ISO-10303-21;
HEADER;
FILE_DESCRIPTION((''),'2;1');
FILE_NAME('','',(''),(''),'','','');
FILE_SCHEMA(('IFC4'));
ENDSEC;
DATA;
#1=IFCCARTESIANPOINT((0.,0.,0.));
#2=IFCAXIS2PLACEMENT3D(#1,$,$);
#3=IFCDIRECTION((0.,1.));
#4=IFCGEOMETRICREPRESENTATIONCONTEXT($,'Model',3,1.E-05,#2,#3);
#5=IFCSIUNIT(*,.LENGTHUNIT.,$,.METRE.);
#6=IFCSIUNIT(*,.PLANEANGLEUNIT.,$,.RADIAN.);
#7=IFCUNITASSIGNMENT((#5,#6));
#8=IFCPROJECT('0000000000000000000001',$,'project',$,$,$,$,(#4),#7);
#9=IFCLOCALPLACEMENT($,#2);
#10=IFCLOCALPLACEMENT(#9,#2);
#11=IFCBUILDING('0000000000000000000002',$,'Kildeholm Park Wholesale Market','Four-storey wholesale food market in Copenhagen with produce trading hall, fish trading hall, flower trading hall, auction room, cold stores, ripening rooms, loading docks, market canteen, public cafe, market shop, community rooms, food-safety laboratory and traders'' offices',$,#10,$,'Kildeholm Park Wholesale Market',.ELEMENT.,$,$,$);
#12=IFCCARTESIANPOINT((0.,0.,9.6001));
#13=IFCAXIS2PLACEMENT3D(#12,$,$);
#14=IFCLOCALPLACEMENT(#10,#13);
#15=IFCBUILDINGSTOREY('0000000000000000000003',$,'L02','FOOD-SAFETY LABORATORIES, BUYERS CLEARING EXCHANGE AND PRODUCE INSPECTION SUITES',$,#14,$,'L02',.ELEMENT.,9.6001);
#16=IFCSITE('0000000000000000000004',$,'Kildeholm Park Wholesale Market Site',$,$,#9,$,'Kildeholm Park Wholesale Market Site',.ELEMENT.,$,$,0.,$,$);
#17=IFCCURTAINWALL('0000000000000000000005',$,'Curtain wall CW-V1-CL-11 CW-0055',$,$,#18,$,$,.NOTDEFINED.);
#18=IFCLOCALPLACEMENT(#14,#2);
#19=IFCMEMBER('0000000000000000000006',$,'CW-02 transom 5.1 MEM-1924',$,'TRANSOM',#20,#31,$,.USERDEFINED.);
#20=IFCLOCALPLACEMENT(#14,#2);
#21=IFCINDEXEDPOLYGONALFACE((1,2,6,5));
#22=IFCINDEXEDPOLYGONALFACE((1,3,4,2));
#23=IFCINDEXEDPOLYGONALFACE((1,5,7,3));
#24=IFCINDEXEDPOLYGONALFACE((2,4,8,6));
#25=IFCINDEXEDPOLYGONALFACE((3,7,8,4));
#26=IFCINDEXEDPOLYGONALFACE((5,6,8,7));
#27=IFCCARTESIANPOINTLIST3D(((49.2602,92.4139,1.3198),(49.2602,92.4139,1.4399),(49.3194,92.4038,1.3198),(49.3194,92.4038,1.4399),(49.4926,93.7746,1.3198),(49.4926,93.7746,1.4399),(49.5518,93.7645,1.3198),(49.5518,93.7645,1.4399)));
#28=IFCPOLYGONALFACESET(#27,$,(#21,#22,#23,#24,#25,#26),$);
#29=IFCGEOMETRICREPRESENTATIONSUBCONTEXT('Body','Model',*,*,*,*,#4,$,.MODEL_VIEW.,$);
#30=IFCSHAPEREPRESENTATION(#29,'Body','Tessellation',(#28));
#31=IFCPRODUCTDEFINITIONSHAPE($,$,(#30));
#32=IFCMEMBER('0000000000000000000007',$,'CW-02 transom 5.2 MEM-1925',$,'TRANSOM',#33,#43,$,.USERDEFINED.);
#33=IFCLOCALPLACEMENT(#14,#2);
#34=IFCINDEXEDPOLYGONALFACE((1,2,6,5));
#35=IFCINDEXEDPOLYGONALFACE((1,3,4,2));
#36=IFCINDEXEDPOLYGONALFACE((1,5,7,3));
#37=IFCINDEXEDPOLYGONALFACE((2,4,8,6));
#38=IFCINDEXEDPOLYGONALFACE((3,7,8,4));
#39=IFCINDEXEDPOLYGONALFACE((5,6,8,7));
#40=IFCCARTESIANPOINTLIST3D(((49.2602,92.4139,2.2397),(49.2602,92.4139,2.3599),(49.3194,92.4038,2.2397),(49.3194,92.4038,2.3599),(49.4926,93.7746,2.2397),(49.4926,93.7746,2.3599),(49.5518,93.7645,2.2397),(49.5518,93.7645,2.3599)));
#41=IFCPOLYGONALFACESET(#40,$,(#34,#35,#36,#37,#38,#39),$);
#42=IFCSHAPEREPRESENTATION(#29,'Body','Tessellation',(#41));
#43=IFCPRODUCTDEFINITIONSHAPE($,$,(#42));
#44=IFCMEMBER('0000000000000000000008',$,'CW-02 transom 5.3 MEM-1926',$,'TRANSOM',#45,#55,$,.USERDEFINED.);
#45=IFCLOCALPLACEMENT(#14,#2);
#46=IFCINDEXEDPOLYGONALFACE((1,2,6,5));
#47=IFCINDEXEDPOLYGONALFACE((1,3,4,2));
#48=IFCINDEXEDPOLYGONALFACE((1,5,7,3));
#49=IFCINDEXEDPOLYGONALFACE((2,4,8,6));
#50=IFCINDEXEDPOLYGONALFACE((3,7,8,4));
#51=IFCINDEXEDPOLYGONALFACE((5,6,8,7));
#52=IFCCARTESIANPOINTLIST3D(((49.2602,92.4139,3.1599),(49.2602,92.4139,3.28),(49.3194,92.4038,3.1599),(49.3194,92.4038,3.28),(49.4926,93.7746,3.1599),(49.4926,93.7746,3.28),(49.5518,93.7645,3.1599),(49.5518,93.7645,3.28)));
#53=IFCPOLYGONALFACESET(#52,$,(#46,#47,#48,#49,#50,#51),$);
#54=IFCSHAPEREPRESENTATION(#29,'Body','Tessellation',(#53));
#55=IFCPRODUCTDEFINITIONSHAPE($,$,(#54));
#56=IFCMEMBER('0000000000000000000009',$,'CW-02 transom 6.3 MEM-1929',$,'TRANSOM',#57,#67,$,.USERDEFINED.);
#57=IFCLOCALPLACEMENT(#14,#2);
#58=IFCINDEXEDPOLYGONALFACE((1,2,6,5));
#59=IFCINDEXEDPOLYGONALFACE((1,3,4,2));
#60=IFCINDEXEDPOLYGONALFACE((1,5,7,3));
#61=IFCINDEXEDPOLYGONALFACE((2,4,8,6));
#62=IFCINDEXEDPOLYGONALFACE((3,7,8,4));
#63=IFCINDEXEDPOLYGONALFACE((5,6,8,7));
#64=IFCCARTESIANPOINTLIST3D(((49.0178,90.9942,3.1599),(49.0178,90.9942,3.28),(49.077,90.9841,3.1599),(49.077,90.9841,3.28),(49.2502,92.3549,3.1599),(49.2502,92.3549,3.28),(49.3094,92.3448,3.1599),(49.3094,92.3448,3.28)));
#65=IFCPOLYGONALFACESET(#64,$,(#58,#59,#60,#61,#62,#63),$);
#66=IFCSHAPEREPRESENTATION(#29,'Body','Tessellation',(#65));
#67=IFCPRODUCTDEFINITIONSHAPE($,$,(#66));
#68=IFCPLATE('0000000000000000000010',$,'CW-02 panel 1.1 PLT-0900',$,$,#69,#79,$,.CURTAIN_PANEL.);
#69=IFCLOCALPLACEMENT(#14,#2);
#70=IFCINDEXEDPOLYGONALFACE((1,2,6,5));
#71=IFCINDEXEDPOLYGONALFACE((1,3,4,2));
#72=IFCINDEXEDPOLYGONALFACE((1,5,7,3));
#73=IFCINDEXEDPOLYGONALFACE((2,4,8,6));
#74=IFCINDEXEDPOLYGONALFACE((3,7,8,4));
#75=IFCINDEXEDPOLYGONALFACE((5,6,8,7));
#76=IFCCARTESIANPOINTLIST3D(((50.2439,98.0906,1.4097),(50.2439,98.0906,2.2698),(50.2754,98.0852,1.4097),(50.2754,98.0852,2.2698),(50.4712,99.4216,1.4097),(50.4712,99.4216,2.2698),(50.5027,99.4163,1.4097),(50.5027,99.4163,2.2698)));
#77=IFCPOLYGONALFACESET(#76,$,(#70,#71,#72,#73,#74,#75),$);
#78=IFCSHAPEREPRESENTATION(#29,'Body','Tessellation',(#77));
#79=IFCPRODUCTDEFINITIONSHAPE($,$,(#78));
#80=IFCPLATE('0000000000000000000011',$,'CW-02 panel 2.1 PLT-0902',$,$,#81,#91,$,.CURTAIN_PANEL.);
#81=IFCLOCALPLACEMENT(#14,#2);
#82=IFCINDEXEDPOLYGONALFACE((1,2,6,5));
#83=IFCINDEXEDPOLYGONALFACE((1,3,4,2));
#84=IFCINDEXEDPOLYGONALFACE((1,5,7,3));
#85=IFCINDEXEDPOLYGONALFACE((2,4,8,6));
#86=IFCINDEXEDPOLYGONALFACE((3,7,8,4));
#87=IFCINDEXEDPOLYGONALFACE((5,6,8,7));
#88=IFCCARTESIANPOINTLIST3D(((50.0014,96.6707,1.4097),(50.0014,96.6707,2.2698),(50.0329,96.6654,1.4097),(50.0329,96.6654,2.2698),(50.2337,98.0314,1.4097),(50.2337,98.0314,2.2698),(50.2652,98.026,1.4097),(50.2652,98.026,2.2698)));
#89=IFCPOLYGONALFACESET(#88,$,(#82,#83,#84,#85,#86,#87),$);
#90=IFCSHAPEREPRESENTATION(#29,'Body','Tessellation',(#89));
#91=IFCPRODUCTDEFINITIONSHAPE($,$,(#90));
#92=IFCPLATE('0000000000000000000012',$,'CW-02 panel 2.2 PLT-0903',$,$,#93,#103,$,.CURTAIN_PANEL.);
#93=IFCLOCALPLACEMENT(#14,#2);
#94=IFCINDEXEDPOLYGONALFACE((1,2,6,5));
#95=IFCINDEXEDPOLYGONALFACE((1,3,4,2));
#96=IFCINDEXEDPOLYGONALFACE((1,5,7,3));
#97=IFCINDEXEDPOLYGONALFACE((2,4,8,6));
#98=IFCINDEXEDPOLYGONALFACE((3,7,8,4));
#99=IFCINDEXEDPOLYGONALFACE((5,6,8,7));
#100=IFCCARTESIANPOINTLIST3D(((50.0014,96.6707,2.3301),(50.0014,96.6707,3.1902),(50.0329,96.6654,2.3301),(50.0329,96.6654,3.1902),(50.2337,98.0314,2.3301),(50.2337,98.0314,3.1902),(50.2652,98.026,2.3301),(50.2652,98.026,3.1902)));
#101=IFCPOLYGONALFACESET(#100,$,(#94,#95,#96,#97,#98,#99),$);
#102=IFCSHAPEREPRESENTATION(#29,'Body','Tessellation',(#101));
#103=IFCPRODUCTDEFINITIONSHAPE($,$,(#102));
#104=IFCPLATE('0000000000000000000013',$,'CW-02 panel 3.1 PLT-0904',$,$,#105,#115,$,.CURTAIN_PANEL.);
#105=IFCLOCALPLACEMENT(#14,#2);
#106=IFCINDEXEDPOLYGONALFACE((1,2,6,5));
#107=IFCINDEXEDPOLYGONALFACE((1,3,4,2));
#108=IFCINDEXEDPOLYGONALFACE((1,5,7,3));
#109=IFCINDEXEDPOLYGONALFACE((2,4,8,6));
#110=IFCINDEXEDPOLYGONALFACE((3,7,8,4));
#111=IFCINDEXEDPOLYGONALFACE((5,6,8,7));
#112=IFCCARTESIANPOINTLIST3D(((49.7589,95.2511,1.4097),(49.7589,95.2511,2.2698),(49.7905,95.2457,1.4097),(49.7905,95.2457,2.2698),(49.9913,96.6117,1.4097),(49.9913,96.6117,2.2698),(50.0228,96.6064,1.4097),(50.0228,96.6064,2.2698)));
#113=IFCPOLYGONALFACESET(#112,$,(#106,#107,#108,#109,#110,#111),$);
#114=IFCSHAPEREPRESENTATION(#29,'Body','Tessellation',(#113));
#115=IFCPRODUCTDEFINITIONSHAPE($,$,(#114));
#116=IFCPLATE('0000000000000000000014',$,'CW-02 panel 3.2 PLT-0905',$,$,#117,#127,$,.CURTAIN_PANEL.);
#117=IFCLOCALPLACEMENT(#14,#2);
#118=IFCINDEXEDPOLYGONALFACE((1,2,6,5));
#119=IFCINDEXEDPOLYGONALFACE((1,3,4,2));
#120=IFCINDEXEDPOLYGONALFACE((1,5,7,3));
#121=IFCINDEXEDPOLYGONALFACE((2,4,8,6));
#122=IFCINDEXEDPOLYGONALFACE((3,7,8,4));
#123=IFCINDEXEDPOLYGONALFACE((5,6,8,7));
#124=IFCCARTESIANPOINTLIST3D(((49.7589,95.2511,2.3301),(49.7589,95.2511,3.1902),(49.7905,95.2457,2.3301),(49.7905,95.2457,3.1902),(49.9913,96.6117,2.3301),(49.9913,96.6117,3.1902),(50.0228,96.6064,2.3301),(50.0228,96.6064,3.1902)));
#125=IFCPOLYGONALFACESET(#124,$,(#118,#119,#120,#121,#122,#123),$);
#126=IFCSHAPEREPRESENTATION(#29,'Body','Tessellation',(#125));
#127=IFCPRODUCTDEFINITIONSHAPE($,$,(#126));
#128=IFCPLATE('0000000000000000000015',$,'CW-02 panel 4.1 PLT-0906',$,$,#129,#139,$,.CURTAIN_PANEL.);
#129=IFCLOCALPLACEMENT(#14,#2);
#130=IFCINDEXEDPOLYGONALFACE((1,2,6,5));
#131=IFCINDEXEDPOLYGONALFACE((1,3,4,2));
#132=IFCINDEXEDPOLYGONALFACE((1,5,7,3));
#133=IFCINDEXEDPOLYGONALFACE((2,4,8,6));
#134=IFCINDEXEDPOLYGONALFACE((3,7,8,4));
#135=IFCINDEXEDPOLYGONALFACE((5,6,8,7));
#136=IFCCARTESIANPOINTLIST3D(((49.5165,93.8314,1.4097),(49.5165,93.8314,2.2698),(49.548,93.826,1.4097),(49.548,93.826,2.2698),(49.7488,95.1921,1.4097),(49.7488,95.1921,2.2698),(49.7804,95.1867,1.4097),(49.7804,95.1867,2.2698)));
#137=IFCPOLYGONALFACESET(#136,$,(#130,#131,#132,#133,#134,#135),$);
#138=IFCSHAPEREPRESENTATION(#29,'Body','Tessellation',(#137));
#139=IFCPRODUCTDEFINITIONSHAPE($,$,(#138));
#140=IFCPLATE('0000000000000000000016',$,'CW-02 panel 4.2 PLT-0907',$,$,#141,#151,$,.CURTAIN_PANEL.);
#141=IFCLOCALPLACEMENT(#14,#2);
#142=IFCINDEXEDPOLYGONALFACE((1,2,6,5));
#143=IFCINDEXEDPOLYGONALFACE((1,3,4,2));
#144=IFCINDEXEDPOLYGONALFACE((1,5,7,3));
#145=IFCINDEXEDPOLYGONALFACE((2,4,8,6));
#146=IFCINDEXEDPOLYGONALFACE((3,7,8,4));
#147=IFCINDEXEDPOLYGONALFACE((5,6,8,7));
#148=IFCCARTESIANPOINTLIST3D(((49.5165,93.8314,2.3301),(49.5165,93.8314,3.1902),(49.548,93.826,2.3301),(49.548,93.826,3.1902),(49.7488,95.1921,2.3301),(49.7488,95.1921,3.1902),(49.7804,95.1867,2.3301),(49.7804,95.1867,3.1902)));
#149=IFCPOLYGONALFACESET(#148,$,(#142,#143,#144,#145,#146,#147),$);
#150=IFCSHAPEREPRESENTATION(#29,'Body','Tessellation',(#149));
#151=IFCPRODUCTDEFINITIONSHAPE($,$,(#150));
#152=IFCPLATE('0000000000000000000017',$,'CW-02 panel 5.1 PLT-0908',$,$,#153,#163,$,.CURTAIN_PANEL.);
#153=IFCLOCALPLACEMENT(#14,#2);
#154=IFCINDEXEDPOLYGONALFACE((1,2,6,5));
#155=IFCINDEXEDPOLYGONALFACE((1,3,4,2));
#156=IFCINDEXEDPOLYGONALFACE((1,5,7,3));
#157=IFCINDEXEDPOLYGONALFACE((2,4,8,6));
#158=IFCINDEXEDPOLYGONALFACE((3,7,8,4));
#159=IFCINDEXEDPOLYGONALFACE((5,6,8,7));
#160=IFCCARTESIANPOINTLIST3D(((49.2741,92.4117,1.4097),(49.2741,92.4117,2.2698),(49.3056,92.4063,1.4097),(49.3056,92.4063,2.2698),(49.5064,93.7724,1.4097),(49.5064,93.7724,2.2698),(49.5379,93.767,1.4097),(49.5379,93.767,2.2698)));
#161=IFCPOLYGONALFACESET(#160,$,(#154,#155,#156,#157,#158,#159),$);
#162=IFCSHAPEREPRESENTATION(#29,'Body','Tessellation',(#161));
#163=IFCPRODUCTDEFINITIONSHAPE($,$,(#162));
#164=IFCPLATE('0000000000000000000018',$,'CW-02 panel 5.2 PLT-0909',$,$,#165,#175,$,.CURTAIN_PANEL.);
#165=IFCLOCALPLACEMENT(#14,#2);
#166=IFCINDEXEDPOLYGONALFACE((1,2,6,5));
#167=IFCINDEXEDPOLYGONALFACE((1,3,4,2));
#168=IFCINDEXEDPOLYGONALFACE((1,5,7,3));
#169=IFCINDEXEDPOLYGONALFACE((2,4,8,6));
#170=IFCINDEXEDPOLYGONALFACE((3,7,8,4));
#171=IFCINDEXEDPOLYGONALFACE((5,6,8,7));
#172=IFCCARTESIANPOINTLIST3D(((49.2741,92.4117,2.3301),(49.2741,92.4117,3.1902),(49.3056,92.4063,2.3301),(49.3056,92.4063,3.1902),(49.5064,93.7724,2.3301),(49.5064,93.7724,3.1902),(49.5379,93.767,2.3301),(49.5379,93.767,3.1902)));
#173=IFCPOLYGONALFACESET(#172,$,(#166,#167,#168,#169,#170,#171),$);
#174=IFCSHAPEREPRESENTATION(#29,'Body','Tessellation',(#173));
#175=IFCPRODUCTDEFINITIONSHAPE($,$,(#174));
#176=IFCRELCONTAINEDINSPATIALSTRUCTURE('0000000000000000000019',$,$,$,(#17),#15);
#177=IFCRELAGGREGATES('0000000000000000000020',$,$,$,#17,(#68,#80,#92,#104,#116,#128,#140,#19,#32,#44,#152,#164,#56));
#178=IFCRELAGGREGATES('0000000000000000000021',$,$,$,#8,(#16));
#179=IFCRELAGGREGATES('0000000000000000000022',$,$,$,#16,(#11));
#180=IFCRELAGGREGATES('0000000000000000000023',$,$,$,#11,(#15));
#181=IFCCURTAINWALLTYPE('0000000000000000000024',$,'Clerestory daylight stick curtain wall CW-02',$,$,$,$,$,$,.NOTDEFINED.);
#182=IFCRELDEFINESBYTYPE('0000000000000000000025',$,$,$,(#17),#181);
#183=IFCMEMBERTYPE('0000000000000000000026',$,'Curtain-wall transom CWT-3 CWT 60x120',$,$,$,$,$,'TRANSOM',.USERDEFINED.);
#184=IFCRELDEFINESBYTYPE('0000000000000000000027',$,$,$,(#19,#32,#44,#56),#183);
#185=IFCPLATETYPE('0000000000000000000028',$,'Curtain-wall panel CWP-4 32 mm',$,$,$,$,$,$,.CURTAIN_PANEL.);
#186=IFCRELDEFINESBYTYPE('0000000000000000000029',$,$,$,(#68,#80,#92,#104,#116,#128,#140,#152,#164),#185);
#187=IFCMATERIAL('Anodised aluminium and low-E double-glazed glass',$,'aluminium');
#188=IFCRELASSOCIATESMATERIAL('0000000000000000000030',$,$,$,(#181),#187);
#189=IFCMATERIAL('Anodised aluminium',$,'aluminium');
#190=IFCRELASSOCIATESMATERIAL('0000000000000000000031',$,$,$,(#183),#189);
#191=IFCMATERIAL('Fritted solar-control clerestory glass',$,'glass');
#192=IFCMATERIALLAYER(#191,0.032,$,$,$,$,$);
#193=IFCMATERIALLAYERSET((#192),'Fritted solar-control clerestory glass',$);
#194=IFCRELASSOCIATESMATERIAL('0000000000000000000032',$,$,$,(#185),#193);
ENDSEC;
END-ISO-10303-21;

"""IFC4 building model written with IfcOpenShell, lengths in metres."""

from ifc_helpers import new_model, si_unit, direction, frame, origin, origin_2d, place, context, subcontext, project, spatial, rectangle, extrude, material, layer, layer_set, material_profile, profile_set, type_object, element, aggregate, save


model = new_model("IFC4")

# Units and contexts
model_context = context("Model", 3, precision=1e-05, world=origin(), true_north=direction((0.0, 1.0)))
body_context = subcontext(model_context, "Body", "Model", "MODEL_VIEW")
ifc_project = project(units=[si_unit("LENGTHUNIT", "METRE"), si_unit("PLANEANGLEUNIT", "RADIAN")], contexts=[model_context])

# Site, building, storey
site_placement = place(None, origin())
site = spatial("IfcSite", under=ifc_project, at=site_placement, Name="Kildeholm Park Wholesale Market Site", LongName="Kildeholm Park Wholesale Market Site", CompositionType="ELEMENT", RefElevation=0.0)
building_placement = place(site_placement, origin())
building = spatial("IfcBuilding", under=site, at=building_placement, Name="Kildeholm Park Wholesale Market", Description="Four-storey wholesale food market in Copenhagen with produce trading hall, fish trading hall, flower trading hall, auction room, cold stores, ripening rooms, loading docks, market canteen, public cafe, market shop, community rooms, food-safety laboratory and traders' offices", LongName="Kildeholm Park Wholesale Market", CompositionType="ELEMENT")
storey_placement = place(building_placement, frame((0.0, 0.0, 9.6001)))
storey = spatial("IfcBuildingStorey", under=building, at=storey_placement, Name="L02", Description="FOOD-SAFETY LABORATORIES, BUYERS CLEARING EXCHANGE AND PRODUCE INSPECTION SUITES", LongName="L02", CompositionType="ELEMENT", Elevation=9.6001)

# Curtain wall, members, plates
ifc_material_1 = material(Name="Anodised aluminium and low-E double-glazed glass", Category="aluminium")
curtain_wall_type = type_object("IfcCurtainWallType", Name="Clerestory daylight stick curtain wall CW-02", PredefinedType="NOTDEFINED", material=ifc_material_1)
curtain_wall_placement = place(storey_placement, origin())
curtain_wall = element("IfcCurtainWall", 1, at=curtain_wall_placement, inside=storey, type_object=curtain_wall_type, Name="Curtain wall CW-V1-CL-11 CW-0055", PredefinedType="NOTDEFINED")
ifc_material_2 = material(Name="Anodised aluminium", Category="aluminium")
ifc_material_profile_1 = material_profile(ifc_material_2, rectangle(XDim=0.0601, YDim=0.1201, at=origin_2d()), Name="CWT 60x120")
ifc_profile_set_1 = profile_set([ifc_material_profile_1], Name="Anodised aluminium")
member_type_1 = type_object("IfcMemberType", Name="Curtain-wall transom CWT-3 CWT 60x120", ElementType="TRANSOM", PredefinedType="USERDEFINED", material=ifc_profile_set_1)
member_1_placement = place(storey_placement, frame((49.5222, 93.7695, 1.3799), z_axis=(-0.168384, -0.985721, 0.0), x_axis=(0.985721, -0.168384, 0.0)))
member_1 = element("IfcMember", 2, at=member_1_placement, type_object=member_type_1, Name="CW-02 transom 5.1 MEM-1924", ObjectType="TRANSOM", PredefinedType="USERDEFINED", context=body_context, shape_type="SweptSolid", body=[
    extrude(rectangle(XDim=0.0601, YDim=0.1201, at=origin_2d()), origin(), (0.0, 0.0, 1.0), 1.3804),
])
member_2_placement = place(storey_placement, frame((49.5222, 93.7695, 2.2998), z_axis=(-0.168384, -0.985721, 0.0), x_axis=(0.985721, -0.168384, 0.0)))
member_2 = element("IfcMember", 3, at=member_2_placement, type_object=member_type_1, Name="CW-02 transom 5.2 MEM-1925", ObjectType="TRANSOM", PredefinedType="USERDEFINED", context=body_context, shape_type="SweptSolid", body=[
    extrude(rectangle(XDim=0.0601, YDim=0.1201, at=origin_2d()), origin(), (0.0, 0.0, 1.0), 1.3804),
])
member_3_placement = place(storey_placement, frame((49.5222, 93.7695, 3.22), z_axis=(-0.168384, -0.985721, 0.0), x_axis=(0.985721, -0.168384, 0.0)))
member_3 = element("IfcMember", 4, at=member_3_placement, type_object=member_type_1, Name="CW-02 transom 5.3 MEM-1926", ObjectType="TRANSOM", PredefinedType="USERDEFINED", context=body_context, shape_type="SweptSolid", body=[
    extrude(rectangle(XDim=0.0601, YDim=0.1201, at=origin_2d()), origin(), (0.0, 0.0, 1.0), 1.3804),
])
member_4_placement = place(storey_placement, frame((49.2798, 92.3499, 3.22), z_axis=(-0.168384, -0.985721, 0.0), x_axis=(0.985721, -0.168384, 0.0)))
member_4 = element("IfcMember", 5, at=member_4_placement, type_object=member_type_1, Name="CW-02 transom 6.3 MEM-1929", ObjectType="TRANSOM", PredefinedType="USERDEFINED", context=body_context, shape_type="SweptSolid", body=[
    extrude(rectangle(XDim=0.0601, YDim=0.1201, at=origin_2d()), origin(), (0.0, 0.0, 1.0), 1.3804),
])
ifc_material_3 = material(Name="Fritted solar-control clerestory glass", Category="glass")
ifc_layer_1 = layer(ifc_material_3, 0.032)
ifc_layer_set_1 = layer_set([ifc_layer_1], Name="Fritted solar-control clerestory glass")
plate_type = type_object("IfcPlateType", Name="Curtain-wall panel CWP-4 32 mm", PredefinedType="CURTAIN_PANEL", material=ifc_layer_set_1)
plate_1_placement = place(storey_placement, frame((50.3733, 98.7534, 1.4097), z_axis=(0.0, 0.0, 1.0), x_axis=(-0.168322, -0.985732, 0.0)))
plate_1 = element("IfcPlate", 6, at=plate_1_placement, type_object=plate_type, Name="CW-02 panel 1.1 PLT-0900", PredefinedType="CURTAIN_PANEL", context=body_context, shape_type="SweptSolid", body=[
    extrude(rectangle(XDim=1.3503, YDim=0.032, at=origin_2d()), origin(), (0.0, 0.0, 1.0), 0.8601),
])
plate_2_placement = place(storey_placement, frame((50.1333, 97.3484, 1.4097), z_axis=(0.0, 0.0, 1.0), x_axis=(-0.168322, -0.985732, 0.0)))
plate_2 = element("IfcPlate", 7, at=plate_2_placement, type_object=plate_type, Name="CW-02 panel 2.1 PLT-0902", PredefinedType="CURTAIN_PANEL", context=body_context, shape_type="SweptSolid", body=[
    extrude(rectangle(XDim=1.3804, YDim=0.032, at=origin_2d()), origin(), (0.0, 0.0, 1.0), 0.8601),
])
plate_3_placement = place(storey_placement, frame((50.1333, 97.3484, 2.3301), z_axis=(0.0, 0.0, 1.0), x_axis=(-0.168322, -0.985732, 0.0)))
plate_3 = element("IfcPlate", 8, at=plate_3_placement, type_object=plate_type, Name="CW-02 panel 2.2 PLT-0903", PredefinedType="CURTAIN_PANEL", context=body_context, shape_type="SweptSolid", body=[
    extrude(rectangle(XDim=1.3804, YDim=0.032, at=origin_2d()), origin(), (0.0, 0.0, 1.0), 0.8601),
])
plate_4_placement = place(storey_placement, frame((49.8909, 95.9287, 1.4097), z_axis=(0.0, 0.0, 1.0), x_axis=(-0.168322, -0.985732, 0.0)))
plate_4 = element("IfcPlate", 9, at=plate_4_placement, type_object=plate_type, Name="CW-02 panel 3.1 PLT-0904", PredefinedType="CURTAIN_PANEL", context=body_context, shape_type="SweptSolid", body=[
    extrude(rectangle(XDim=1.3804, YDim=0.032, at=origin_2d()), origin(), (0.0, 0.0, 1.0), 0.8601),
])
plate_5_placement = place(storey_placement, frame((49.8909, 95.9287, 2.3301), z_axis=(0.0, 0.0, 1.0), x_axis=(-0.168322, -0.985732, 0.0)))
plate_5 = element("IfcPlate", 10, at=plate_5_placement, type_object=plate_type, Name="CW-02 panel 3.2 PLT-0905", PredefinedType="CURTAIN_PANEL", context=body_context, shape_type="SweptSolid", body=[
    extrude(rectangle(XDim=1.3804, YDim=0.032, at=origin_2d()), origin(), (0.0, 0.0, 1.0), 0.8601),
])
plate_6_placement = place(storey_placement, frame((49.6484, 94.509, 1.4097), z_axis=(0.0, 0.0, 1.0), x_axis=(-0.168322, -0.985732, 0.0)))
plate_6 = element("IfcPlate", 11, at=plate_6_placement, type_object=plate_type, Name="CW-02 panel 4.1 PLT-0906", PredefinedType="CURTAIN_PANEL", context=body_context, shape_type="SweptSolid", body=[
    extrude(rectangle(XDim=1.3804, YDim=0.032, at=origin_2d()), origin(), (0.0, 0.0, 1.0), 0.8601),
])
plate_7_placement = place(storey_placement, frame((49.6484, 94.509, 2.3301), z_axis=(0.0, 0.0, 1.0), x_axis=(-0.168322, -0.985732, 0.0)))
plate_7 = element("IfcPlate", 12, at=plate_7_placement, type_object=plate_type, Name="CW-02 panel 4.2 PLT-0907", PredefinedType="CURTAIN_PANEL", context=body_context, shape_type="SweptSolid", body=[
    extrude(rectangle(XDim=1.3804, YDim=0.032, at=origin_2d()), origin(), (0.0, 0.0, 1.0), 0.8601),
])
plate_8_placement = place(storey_placement, frame((49.406, 93.0894, 1.4097), z_axis=(0.0, 0.0, 1.0), x_axis=(-0.168322, -0.985732, 0.0)))
plate_8 = element("IfcPlate", 13, at=plate_8_placement, type_object=plate_type, Name="CW-02 panel 5.1 PLT-0908", PredefinedType="CURTAIN_PANEL", context=body_context, shape_type="SweptSolid", body=[
    extrude(rectangle(XDim=1.3804, YDim=0.032, at=origin_2d()), origin(), (0.0, 0.0, 1.0), 0.8601),
])
plate_9_placement = place(storey_placement, frame((49.406, 93.0894, 2.3301), z_axis=(0.0, 0.0, 1.0), x_axis=(-0.168322, -0.985732, 0.0)))
plate_9 = element("IfcPlate", 14, at=plate_9_placement, type_object=plate_type, Name="CW-02 panel 5.2 PLT-0909", PredefinedType="CURTAIN_PANEL", context=body_context, shape_type="SweptSolid", body=[
    extrude(rectangle(XDim=1.3804, YDim=0.032, at=origin_2d()), origin(), (0.0, 0.0, 1.0), 0.8601),
])
aggregate(curtain_wall, [plate_1, plate_2, plate_3, plate_4, plate_5, plate_6, plate_7, member_1, member_2, member_3, plate_8, plate_9, member_4])

save(model, "model.ifc")
